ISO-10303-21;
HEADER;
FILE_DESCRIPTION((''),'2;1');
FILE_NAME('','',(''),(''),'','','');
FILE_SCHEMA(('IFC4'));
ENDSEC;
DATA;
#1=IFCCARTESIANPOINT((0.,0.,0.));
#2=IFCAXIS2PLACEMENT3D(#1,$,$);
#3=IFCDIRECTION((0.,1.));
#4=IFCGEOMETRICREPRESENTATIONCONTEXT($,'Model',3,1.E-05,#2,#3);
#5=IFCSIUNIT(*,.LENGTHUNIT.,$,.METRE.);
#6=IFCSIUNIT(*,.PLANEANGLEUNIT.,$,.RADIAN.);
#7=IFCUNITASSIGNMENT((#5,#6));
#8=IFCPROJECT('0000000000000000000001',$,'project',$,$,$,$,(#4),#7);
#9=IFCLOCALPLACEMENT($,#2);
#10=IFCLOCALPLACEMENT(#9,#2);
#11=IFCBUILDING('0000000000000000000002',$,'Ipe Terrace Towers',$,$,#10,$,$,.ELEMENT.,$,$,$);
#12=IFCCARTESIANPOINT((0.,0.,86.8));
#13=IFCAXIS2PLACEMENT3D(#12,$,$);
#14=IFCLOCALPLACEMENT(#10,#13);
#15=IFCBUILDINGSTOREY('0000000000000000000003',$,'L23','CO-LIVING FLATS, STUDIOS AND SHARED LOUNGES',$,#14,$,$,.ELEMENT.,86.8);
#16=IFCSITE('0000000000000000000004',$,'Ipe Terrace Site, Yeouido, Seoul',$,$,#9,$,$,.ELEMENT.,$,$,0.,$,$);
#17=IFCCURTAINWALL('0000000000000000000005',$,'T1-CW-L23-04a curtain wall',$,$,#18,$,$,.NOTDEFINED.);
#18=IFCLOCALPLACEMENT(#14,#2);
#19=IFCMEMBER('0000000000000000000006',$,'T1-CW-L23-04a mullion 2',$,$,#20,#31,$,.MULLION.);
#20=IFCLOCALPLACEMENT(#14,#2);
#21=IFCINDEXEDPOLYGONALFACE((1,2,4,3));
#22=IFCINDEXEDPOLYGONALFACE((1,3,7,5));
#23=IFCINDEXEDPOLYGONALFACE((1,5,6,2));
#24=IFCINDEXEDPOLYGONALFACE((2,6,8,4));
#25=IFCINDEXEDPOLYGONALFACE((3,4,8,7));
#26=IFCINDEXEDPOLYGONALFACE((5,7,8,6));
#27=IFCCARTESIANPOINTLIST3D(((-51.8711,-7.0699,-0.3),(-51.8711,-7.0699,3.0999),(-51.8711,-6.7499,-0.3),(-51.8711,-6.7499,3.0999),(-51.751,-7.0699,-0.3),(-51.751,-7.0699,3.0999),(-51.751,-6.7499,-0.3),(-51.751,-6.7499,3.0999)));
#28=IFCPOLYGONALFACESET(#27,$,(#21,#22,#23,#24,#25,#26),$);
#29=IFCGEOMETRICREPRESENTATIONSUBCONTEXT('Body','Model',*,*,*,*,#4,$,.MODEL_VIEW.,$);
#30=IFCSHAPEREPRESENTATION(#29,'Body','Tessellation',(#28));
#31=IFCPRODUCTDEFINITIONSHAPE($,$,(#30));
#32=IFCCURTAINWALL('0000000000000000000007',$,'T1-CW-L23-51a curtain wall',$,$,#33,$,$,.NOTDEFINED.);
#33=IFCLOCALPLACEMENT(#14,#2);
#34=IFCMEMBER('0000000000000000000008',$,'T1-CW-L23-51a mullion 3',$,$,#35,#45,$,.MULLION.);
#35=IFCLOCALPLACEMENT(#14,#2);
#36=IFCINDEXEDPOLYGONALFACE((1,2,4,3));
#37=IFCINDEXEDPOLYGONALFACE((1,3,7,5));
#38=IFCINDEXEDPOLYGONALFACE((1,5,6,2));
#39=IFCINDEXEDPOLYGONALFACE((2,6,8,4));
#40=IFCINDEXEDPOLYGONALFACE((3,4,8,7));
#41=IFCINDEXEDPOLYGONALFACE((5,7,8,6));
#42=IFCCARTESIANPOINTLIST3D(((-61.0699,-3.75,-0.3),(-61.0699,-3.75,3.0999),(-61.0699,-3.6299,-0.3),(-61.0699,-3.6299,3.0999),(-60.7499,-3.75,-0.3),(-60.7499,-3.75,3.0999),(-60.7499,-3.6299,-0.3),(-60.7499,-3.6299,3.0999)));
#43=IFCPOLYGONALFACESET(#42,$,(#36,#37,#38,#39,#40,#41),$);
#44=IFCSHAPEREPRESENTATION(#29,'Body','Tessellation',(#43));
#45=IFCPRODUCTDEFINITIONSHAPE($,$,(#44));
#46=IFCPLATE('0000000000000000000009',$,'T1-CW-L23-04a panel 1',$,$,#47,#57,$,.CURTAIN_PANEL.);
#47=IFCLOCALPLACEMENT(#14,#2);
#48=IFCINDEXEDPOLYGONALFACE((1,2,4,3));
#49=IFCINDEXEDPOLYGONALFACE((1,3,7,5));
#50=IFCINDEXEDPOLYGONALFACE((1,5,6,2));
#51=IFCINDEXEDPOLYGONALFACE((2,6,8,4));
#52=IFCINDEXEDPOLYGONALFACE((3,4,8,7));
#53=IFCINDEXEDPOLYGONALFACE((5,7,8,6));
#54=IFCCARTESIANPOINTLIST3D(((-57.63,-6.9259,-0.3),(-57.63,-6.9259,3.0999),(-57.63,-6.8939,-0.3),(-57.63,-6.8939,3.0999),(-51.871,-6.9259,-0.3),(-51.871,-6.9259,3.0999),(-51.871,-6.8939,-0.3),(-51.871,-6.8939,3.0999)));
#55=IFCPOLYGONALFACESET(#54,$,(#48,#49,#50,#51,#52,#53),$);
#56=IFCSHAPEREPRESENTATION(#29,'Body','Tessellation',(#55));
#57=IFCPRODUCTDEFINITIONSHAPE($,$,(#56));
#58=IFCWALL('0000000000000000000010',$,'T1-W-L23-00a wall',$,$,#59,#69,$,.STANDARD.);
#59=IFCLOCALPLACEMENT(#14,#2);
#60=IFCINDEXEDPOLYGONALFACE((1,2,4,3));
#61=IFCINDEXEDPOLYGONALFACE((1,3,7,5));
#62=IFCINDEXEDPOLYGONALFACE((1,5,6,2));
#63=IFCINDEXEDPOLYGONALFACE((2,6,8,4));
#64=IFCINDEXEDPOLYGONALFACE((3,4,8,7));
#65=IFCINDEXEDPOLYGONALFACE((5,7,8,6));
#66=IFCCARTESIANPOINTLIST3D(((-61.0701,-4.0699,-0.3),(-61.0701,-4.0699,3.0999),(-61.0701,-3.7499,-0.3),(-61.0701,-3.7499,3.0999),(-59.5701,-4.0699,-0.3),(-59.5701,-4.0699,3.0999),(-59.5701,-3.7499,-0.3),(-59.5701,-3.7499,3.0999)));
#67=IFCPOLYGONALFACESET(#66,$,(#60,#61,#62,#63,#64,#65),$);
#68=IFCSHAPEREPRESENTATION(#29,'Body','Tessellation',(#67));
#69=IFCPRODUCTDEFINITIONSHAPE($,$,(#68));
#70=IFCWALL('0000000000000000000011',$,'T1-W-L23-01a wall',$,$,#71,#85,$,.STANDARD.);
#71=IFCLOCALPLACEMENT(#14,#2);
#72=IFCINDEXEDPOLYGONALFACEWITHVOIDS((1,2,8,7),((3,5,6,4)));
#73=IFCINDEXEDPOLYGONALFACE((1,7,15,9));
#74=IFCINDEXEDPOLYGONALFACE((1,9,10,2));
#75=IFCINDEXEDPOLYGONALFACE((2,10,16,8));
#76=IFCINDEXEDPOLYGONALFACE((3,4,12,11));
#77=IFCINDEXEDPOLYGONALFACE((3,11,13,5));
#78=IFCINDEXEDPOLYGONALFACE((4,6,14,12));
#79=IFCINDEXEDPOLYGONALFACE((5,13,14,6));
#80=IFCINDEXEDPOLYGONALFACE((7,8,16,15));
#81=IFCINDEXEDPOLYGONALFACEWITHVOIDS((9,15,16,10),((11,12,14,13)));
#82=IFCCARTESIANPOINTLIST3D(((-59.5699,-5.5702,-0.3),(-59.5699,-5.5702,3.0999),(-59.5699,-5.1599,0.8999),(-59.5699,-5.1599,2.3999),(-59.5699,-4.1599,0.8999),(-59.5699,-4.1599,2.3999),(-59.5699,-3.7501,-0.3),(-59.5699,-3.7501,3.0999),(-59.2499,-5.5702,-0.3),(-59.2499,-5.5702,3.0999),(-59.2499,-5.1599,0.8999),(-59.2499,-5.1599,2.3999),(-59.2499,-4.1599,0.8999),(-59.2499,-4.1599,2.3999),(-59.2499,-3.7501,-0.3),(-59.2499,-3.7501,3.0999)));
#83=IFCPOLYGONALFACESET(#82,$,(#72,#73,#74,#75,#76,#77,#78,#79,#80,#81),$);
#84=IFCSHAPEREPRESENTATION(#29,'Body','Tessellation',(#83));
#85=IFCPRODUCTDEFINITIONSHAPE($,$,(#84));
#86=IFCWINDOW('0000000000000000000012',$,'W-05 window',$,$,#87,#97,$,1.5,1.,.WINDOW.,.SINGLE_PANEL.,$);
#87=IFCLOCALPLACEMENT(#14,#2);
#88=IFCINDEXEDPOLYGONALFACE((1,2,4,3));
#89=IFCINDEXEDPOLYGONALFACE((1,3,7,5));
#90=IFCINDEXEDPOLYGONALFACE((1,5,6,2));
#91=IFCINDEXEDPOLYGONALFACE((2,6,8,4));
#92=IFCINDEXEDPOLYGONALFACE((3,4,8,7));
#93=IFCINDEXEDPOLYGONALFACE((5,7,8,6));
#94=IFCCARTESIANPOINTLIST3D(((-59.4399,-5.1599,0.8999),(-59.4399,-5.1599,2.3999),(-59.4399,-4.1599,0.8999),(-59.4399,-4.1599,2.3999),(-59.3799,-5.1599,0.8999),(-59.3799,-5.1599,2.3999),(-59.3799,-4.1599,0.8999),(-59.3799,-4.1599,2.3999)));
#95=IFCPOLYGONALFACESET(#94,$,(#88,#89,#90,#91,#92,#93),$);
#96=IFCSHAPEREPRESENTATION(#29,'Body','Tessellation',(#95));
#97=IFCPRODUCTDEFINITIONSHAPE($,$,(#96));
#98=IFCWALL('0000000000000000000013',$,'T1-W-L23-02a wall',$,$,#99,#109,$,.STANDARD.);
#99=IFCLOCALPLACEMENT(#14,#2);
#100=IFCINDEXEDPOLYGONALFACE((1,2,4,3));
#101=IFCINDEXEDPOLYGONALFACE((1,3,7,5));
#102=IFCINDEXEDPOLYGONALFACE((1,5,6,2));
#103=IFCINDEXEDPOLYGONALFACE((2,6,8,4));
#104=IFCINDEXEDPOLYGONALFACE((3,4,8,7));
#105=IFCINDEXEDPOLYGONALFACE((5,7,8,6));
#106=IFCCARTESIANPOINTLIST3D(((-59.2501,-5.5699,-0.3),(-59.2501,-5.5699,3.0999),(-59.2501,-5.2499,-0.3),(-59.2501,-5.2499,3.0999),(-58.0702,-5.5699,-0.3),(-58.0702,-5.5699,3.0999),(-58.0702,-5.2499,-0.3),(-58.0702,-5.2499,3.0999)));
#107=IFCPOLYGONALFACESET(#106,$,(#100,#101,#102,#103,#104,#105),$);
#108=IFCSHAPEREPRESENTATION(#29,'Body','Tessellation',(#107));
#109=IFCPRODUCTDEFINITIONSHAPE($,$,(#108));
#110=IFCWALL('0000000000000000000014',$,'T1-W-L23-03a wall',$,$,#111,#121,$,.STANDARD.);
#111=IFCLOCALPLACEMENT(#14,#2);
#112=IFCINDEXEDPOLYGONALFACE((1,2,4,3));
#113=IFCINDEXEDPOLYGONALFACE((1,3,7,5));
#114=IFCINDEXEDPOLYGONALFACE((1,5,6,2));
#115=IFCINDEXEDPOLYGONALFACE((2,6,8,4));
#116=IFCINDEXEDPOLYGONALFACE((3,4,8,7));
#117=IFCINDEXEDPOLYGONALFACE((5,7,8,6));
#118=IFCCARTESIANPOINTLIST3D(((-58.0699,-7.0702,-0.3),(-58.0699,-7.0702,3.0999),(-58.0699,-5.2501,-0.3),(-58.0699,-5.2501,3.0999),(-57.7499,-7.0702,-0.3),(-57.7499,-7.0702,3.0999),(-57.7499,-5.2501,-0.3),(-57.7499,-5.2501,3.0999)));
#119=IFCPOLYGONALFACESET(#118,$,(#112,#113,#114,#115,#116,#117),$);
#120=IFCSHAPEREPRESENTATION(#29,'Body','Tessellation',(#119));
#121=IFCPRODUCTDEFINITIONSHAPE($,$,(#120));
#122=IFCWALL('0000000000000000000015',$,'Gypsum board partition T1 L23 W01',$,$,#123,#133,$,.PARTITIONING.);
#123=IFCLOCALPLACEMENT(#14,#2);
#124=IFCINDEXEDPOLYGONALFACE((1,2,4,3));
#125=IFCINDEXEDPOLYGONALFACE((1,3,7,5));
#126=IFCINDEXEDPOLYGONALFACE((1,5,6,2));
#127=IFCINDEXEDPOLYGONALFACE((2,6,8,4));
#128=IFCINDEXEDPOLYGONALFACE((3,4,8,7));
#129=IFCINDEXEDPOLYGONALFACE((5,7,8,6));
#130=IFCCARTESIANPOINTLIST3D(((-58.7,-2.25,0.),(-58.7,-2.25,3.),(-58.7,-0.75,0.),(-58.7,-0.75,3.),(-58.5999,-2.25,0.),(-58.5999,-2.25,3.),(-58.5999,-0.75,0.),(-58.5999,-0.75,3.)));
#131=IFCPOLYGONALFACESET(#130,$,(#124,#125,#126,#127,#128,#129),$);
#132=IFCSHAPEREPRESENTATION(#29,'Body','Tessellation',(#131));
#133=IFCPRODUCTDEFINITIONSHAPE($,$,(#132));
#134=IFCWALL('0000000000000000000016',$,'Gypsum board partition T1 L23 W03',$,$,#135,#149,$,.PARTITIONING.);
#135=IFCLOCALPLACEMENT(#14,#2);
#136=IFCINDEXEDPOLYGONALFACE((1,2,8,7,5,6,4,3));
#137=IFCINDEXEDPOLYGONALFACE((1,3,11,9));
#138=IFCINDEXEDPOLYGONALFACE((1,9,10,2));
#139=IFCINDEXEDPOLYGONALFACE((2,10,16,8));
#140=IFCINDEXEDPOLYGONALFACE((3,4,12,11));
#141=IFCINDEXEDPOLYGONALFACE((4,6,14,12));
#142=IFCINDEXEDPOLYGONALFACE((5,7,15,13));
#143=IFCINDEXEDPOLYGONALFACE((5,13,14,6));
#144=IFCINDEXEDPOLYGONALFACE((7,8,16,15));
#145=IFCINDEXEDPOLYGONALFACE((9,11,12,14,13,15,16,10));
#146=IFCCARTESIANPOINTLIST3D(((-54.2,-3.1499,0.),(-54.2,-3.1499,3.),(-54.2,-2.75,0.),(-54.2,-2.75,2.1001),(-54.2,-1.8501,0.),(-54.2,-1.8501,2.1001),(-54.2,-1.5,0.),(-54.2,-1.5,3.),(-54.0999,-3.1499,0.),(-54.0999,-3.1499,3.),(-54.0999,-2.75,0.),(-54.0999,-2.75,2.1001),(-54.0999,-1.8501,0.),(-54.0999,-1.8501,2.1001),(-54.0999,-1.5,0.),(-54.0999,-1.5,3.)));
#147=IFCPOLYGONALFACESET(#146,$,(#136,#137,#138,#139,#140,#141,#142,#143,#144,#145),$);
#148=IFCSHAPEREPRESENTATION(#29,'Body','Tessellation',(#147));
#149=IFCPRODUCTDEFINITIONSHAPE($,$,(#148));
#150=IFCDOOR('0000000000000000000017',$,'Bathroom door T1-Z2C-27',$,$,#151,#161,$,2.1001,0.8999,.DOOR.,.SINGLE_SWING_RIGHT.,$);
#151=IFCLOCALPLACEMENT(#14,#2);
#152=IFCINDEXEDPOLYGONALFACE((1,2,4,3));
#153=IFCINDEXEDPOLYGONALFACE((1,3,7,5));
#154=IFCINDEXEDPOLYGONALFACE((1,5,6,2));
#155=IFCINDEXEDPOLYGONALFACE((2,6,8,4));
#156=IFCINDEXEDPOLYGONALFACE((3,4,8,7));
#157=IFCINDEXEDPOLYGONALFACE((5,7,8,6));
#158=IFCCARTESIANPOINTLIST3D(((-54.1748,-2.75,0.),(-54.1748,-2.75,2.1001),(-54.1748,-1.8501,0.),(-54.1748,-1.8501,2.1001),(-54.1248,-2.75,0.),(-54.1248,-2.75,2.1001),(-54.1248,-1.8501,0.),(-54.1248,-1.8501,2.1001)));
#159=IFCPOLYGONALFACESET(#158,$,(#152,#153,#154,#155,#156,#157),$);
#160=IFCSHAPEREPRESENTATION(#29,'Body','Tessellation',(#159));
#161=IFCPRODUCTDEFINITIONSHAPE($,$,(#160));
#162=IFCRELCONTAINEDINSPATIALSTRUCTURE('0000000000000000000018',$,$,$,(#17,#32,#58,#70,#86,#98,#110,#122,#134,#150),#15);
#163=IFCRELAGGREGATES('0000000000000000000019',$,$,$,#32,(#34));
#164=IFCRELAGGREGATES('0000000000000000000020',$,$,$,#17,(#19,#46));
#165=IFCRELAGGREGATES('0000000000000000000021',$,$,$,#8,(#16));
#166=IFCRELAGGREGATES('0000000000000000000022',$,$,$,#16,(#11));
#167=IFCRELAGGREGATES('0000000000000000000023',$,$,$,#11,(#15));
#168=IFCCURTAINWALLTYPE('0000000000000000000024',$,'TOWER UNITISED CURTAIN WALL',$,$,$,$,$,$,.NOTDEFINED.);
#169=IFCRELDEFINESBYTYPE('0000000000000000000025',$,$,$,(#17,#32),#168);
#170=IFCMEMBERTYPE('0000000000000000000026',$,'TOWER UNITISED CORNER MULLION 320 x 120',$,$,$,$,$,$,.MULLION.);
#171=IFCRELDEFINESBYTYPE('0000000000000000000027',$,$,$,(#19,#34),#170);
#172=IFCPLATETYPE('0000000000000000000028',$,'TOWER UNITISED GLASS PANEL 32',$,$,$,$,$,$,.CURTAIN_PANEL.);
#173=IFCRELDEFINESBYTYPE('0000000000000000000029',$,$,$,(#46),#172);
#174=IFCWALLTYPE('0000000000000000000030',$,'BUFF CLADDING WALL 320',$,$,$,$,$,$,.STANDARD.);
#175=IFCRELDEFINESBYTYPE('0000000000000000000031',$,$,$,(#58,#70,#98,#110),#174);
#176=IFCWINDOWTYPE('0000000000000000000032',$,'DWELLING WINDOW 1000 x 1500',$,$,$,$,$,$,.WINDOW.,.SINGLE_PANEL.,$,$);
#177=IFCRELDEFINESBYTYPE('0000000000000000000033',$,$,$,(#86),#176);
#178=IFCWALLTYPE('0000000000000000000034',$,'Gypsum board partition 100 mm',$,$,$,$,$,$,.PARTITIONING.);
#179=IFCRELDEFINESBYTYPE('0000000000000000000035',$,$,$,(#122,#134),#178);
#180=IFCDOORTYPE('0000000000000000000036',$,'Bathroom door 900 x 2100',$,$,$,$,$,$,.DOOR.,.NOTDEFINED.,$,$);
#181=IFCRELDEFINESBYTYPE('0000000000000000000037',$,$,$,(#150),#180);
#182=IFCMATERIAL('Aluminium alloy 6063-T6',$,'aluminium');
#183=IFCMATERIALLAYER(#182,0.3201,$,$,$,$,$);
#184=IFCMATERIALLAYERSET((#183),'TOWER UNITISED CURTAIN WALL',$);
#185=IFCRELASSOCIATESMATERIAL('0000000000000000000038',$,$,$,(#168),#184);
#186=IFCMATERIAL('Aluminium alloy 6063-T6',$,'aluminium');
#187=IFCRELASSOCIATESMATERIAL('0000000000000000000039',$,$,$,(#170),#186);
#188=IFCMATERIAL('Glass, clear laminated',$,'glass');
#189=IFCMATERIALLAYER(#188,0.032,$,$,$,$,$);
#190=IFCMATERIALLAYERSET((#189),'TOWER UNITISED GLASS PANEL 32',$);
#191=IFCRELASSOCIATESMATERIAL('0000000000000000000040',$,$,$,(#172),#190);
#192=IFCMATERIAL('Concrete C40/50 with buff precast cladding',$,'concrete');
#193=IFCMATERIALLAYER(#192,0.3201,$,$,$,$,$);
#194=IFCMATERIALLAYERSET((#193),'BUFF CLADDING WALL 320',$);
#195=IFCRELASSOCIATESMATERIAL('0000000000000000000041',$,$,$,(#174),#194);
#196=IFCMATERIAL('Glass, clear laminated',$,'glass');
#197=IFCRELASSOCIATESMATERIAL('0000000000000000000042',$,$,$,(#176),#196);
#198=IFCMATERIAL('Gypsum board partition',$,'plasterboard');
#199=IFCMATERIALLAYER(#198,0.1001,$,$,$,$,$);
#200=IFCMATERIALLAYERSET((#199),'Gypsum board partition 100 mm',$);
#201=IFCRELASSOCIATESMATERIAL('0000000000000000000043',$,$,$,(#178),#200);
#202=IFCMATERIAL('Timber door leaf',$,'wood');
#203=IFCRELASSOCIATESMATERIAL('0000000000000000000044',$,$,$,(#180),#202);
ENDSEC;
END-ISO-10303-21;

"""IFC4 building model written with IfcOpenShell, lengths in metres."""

from ifc_helpers import new_model, si_unit, direction, frame, frame_2d, origin, origin_2d, place, context, subcontext, project, spatial, rectangle, extrude, material, layer, layer_set, material_profile, profile_set, type_object, element, fill, aggregate, save


model = new_model("IFC4")

# Units and contexts
model_context = context("Model", 3, precision=1e-05, world=origin(), true_north=direction((0.0, 1.0)))
body_context = subcontext(model_context, "Body", "Model", "MODEL_VIEW")
ifc_project = project(units=[si_unit("LENGTHUNIT", "METRE"), si_unit("PLANEANGLEUNIT", "RADIAN")], contexts=[model_context])

# Site, building, storey
site_placement = place(None, origin())
site = spatial("IfcSite", under=ifc_project, at=site_placement, Name="Ipe Terrace Site, Yeouido, Seoul", CompositionType="ELEMENT", RefElevation=0.0)
building_placement = place(site_placement, origin())
building = spatial("IfcBuilding", under=site, at=building_placement, Name="Ipe Terrace Towers", CompositionType="ELEMENT")
storey_placement = place(building_placement, frame((0.0, 0.0, 86.8)))
storey = spatial("IfcBuildingStorey", under=building, at=storey_placement, Name="L23", Description="CO-LIVING FLATS, STUDIOS AND SHARED LOUNGES", CompositionType="ELEMENT", Elevation=86.8)

# Curtain wall, member
ifc_material_1 = material(Name="Aluminium alloy 6063-T6", Category="aluminium")
ifc_layer_1 = layer(ifc_material_1, 0.3201)
ifc_layer_set_1 = layer_set([ifc_layer_1], Name="TOWER UNITISED CURTAIN WALL")
curtain_wall_type = type_object("IfcCurtainWallType", Name="TOWER UNITISED CURTAIN WALL", PredefinedType="NOTDEFINED", material=ifc_layer_set_1)
curtain_wall_1_placement = place(storey_placement, origin())
curtain_wall_1 = element("IfcCurtainWall", 1, at=curtain_wall_1_placement, inside=storey, type_object=curtain_wall_type, Name="T1-CW-L23-04a curtain wall", PredefinedType="NOTDEFINED")
ifc_material_2 = material(Name="Aluminium alloy 6063-T6", Category="aluminium")
ifc_material_profile_1 = material_profile(ifc_material_2, rectangle(XDim=0.3201, YDim=0.1201, at=origin_2d()), Name="TOWER UNITISED CORNER MULLION 320 x 120")
ifc_profile_set_1 = profile_set([ifc_material_profile_1], Name="Aluminium alloy 6063-T6")
member_type = type_object("IfcMemberType", Name="TOWER UNITISED CORNER MULLION 320 x 120", PredefinedType="MULLION", material=ifc_profile_set_1)
member_1_placement = place(storey_placement, frame((-51.811, -6.9099, -0.3), z_axis=(0.0, 0.0, 1.0), x_axis=(0.0, -1.0, 0.0)))
member_1 = element("IfcMember", 2, at=member_1_placement, type_object=member_type, Name="T1-CW-L23-04a mullion 2", PredefinedType="MULLION", context=body_context, shape_type="SweptSolid", body=[
    extrude(rectangle(XDim=0.3201, YDim=0.1201, at=origin_2d()), origin(), (0.0, 0.0, 1.0), 3.3999),
])

# Curtain wall, member
curtain_wall_2_placement = place(storey_placement, origin())
curtain_wall_2 = element("IfcCurtainWall", 3, at=curtain_wall_2_placement, inside=storey, type_object=curtain_wall_type, Name="T1-CW-L23-51a curtain wall", PredefinedType="NOTDEFINED")
member_2_placement = place(storey_placement, frame((-60.9099, -3.6899, -0.3), z_axis=(0.0, 0.0, 1.0), x_axis=(-1.0, 0.0, 0.0)))
member_2 = element("IfcMember", 4, at=member_2_placement, type_object=member_type, Name="T1-CW-L23-51a mullion 3", PredefinedType="MULLION", context=body_context, shape_type="SweptSolid", body=[
    extrude(rectangle(XDim=0.3201, YDim=0.1201, at=origin_2d()), origin(), (0.0, 0.0, 1.0), 3.3999),
])
aggregate(curtain_wall_2, [member_2])

# Plate
ifc_material_3 = material(Name="Glass, clear laminated", Category="glass")
ifc_layer_2 = layer(ifc_material_3, 0.032)
ifc_layer_set_2 = layer_set([ifc_layer_2], Name="TOWER UNITISED GLASS PANEL 32")
plate_type = type_object("IfcPlateType", Name="TOWER UNITISED GLASS PANEL 32", PredefinedType="CURTAIN_PANEL", material=ifc_layer_set_2)
plate_placement = place(storey_placement, frame((-54.7505, -6.9099, -0.3), z_axis=(0.0, 0.0, 1.0), x_axis=(1.0, 0.0, 0.0)))
plate = element("IfcPlate", 5, at=plate_placement, type_object=plate_type, Name="T1-CW-L23-04a panel 1", PredefinedType="CURTAIN_PANEL", context=body_context, shape_type="SweptSolid", body=[
    extrude(rectangle(XDim=5.759, YDim=0.032, at=origin_2d()), origin(), (0.0, 0.0, 1.0), 3.3999),
])
aggregate(curtain_wall_1, [member_1, plate])

# Wall
ifc_material_4 = material(Name="Concrete C40/50 with buff precast cladding", Category="concrete")
ifc_layer_3 = layer(ifc_material_4, 0.3201)
ifc_layer_set_3 = layer_set([ifc_layer_3], Name="BUFF CLADDING WALL 320")
wall_type_1 = type_object("IfcWallType", Name="BUFF CLADDING WALL 320", PredefinedType="STANDARD", material=ifc_layer_set_3)
wall_1_placement = place(storey_placement, frame((-61.0701, -3.9099, -0.3), z_axis=(0.0, 0.0, 1.0), x_axis=(1.0, 0.0, 0.0)))
element("IfcWall", 6, at=wall_1_placement, inside=storey, type_object=wall_type_1, Name="T1-W-L23-00a wall", PredefinedType="STANDARD", context=body_context, shape_type="SweptSolid", body=[
    extrude(rectangle(XDim=1.5, YDim=0.3201, at=frame_2d((0.75, 0.0))), origin(), (0.0, 0.0, 1.0), 3.3999),
])

# Wall, opening, window
wall_2_placement = place(storey_placement, frame((-59.4099, -3.75, -0.3), z_axis=(0.0, 0.0, 1.0), x_axis=(0.0, -1.0, 0.0)))
wall_2 = element("IfcWall", 7, at=wall_2_placement, inside=storey, type_object=wall_type_1, Name="T1-W-L23-01a wall", PredefinedType="STANDARD", context=body_context, shape_type="SweptSolid", body=[
    extrude(rectangle(XDim=1.8201, YDim=0.3201, at=frame_2d((0.9102, 0.0))), origin(), (0.0, 0.0, 1.0), 3.3999),
])
opening_1_placement = place(wall_2_placement, frame((0.4099, 0.0, 1.2)))
opening_1 = element("IfcOpeningElement", 8, at=opening_1_placement, cuts=wall_2, PredefinedType="OPENING", context=body_context, shape_type="SweptSolid", body=[
    extrude(rectangle(XDim=1.0, YDim=1.5, at=frame_2d((0.5, 0.75))), frame((0.0, 0.1699, 0.0), z_axis=(0.0, -1.0, 0.0), x_axis=(1.0, 0.0, 0.0)), (0.0, 0.0, 1.0), 0.3401),
])
ifc_material_5 = material(Name="Glass, clear laminated", Category="glass")
window_type = type_object("IfcWindowType", Name="DWELLING WINDOW 1000 x 1500", PartitioningType="SINGLE_PANEL", PredefinedType="WINDOW", material=ifc_material_5)
window_placement = place(opening_1_placement, origin())
window = element("IfcWindow", 9, at=window_placement, inside=storey, type_object=window_type, Name="W-05 window", OverallHeight=1.5, OverallWidth=1.0, PartitioningType="SINGLE_PANEL", PredefinedType="WINDOW", context=body_context, shape_type="SweptSolid", body=[
    extrude(rectangle(XDim=1.0, YDim=1.5, at=frame_2d((0.5, 0.75))), frame((0.0, 0.03, 0.0), z_axis=(0.0, -1.0, 0.0), x_axis=(1.0, 0.0, 0.0)), (0.0, 0.0, 1.0), 0.0601),
])
fill(opening_1, window)

# Walls
wall_3_placement = place(storey_placement, frame((-59.25, -5.4099, -0.3), z_axis=(0.0, 0.0, 1.0), x_axis=(1.0, 0.0, 0.0)))
element("IfcWall", 10, at=wall_3_placement, inside=storey, type_object=wall_type_1, Name="T1-W-L23-02a wall", PredefinedType="STANDARD", context=body_context, shape_type="SweptSolid", body=[
    extrude(rectangle(XDim=1.1799, YDim=0.3201, at=frame_2d((0.5898, 0.0))), origin(), (0.0, 0.0, 1.0), 3.3999),
])
wall_4_placement = place(storey_placement, frame((-57.9099, -5.25, -0.3), z_axis=(0.0, 0.0, 1.0), x_axis=(0.0, -1.0, 0.0)))
element("IfcWall", 11, at=wall_4_placement, inside=storey, type_object=wall_type_1, Name="T1-W-L23-03a wall", PredefinedType="STANDARD", context=body_context, shape_type="SweptSolid", body=[
    extrude(rectangle(XDim=1.8201, YDim=0.3201, at=frame_2d((0.9102, 0.0))), origin(), (0.0, 0.0, 1.0), 3.3999),
])
ifc_material_6 = material(Name="Gypsum board partition", Category="plasterboard")
ifc_layer_4 = layer(ifc_material_6, 0.1001)
ifc_layer_set_4 = layer_set([ifc_layer_4], Name="Gypsum board partition 100 mm")
wall_type_2 = type_object("IfcWallType", Name="Gypsum board partition 100 mm", PredefinedType="PARTITIONING", material=ifc_layer_set_4)
wall_5_placement = place(storey_placement, frame((-58.6499, -2.25, 0.0), z_axis=(0.0, 0.0, 1.0), x_axis=(0.0, 1.0, 0.0)))
element("IfcWall", 12, at=wall_5_placement, inside=storey, type_object=wall_type_2, Name="Gypsum board partition T1 L23 W01", PredefinedType="PARTITIONING", context=body_context, shape_type="SweptSolid", body=[
    extrude(rectangle(XDim=1.5, YDim=0.1001, at=frame_2d((0.75, 0.0))), origin(), (0.0, 0.0, 1.0), 3.0),
])

# Wall, opening, door
wall_6_placement = place(storey_placement, frame((-54.1499, -3.1499, 0.0), z_axis=(0.0, 0.0, 1.0), x_axis=(0.0, 1.0, 0.0)))
wall_6 = element("IfcWall", 13, at=wall_6_placement, inside=storey, type_object=wall_type_2, Name="Gypsum board partition T1 L23 W03", PredefinedType="PARTITIONING", context=body_context, shape_type="SweptSolid", body=[
    extrude(rectangle(XDim=1.6499, YDim=0.1001, at=frame_2d((0.825, 0.0))), origin(), (0.0, 0.0, 1.0), 3.0),
])
opening_2_placement = place(wall_6_placement, frame((0.3999, 0.0, 0.0)))
opening_2 = element("IfcOpeningElement", 14, at=opening_2_placement, cuts=wall_6, PredefinedType="OPENING", context=body_context, shape_type="SweptSolid", body=[
    extrude(rectangle(XDim=0.8999, YDim=2.1001, at=frame_2d((0.45, 1.05))), frame((0.0, 0.0601, 0.0), z_axis=(0.0, -1.0, 0.0), x_axis=(1.0, 0.0, 0.0)), (0.0, 0.0, 1.0), 0.1201),
])
ifc_material_7 = material(Name="Timber door leaf", Category="wood")
door_type_1 = type_object("IfcDoorType", Name="Bathroom door 900 x 2100", OperationType="NOTDEFINED", PredefinedType="DOOR", material=ifc_material_7)
door_1_placement = place(opening_2_placement, origin())
door_1 = element("IfcDoor", 15, at=door_1_placement, inside=storey, type_object=door_type_1, Name="Bathroom door T1-Z2C-27", OperationType="SINGLE_SWING_RIGHT", OverallHeight=2.1001, OverallWidth=0.8999, PredefinedType="DOOR", context=body_context, shape_type="SweptSolid", body=[
    extrude(rectangle(XDim=0.8999, YDim=2.1001, at=frame_2d((0.45, 1.05))), frame((0.0, 0.0249, 0.0), z_axis=(0.0, -1.0, 0.0), x_axis=(1.0, 0.0, 0.0)), (0.0, 0.0, 1.0), 0.05),
])
fill(opening_2, door_1)

save(model, "model.ifc")
